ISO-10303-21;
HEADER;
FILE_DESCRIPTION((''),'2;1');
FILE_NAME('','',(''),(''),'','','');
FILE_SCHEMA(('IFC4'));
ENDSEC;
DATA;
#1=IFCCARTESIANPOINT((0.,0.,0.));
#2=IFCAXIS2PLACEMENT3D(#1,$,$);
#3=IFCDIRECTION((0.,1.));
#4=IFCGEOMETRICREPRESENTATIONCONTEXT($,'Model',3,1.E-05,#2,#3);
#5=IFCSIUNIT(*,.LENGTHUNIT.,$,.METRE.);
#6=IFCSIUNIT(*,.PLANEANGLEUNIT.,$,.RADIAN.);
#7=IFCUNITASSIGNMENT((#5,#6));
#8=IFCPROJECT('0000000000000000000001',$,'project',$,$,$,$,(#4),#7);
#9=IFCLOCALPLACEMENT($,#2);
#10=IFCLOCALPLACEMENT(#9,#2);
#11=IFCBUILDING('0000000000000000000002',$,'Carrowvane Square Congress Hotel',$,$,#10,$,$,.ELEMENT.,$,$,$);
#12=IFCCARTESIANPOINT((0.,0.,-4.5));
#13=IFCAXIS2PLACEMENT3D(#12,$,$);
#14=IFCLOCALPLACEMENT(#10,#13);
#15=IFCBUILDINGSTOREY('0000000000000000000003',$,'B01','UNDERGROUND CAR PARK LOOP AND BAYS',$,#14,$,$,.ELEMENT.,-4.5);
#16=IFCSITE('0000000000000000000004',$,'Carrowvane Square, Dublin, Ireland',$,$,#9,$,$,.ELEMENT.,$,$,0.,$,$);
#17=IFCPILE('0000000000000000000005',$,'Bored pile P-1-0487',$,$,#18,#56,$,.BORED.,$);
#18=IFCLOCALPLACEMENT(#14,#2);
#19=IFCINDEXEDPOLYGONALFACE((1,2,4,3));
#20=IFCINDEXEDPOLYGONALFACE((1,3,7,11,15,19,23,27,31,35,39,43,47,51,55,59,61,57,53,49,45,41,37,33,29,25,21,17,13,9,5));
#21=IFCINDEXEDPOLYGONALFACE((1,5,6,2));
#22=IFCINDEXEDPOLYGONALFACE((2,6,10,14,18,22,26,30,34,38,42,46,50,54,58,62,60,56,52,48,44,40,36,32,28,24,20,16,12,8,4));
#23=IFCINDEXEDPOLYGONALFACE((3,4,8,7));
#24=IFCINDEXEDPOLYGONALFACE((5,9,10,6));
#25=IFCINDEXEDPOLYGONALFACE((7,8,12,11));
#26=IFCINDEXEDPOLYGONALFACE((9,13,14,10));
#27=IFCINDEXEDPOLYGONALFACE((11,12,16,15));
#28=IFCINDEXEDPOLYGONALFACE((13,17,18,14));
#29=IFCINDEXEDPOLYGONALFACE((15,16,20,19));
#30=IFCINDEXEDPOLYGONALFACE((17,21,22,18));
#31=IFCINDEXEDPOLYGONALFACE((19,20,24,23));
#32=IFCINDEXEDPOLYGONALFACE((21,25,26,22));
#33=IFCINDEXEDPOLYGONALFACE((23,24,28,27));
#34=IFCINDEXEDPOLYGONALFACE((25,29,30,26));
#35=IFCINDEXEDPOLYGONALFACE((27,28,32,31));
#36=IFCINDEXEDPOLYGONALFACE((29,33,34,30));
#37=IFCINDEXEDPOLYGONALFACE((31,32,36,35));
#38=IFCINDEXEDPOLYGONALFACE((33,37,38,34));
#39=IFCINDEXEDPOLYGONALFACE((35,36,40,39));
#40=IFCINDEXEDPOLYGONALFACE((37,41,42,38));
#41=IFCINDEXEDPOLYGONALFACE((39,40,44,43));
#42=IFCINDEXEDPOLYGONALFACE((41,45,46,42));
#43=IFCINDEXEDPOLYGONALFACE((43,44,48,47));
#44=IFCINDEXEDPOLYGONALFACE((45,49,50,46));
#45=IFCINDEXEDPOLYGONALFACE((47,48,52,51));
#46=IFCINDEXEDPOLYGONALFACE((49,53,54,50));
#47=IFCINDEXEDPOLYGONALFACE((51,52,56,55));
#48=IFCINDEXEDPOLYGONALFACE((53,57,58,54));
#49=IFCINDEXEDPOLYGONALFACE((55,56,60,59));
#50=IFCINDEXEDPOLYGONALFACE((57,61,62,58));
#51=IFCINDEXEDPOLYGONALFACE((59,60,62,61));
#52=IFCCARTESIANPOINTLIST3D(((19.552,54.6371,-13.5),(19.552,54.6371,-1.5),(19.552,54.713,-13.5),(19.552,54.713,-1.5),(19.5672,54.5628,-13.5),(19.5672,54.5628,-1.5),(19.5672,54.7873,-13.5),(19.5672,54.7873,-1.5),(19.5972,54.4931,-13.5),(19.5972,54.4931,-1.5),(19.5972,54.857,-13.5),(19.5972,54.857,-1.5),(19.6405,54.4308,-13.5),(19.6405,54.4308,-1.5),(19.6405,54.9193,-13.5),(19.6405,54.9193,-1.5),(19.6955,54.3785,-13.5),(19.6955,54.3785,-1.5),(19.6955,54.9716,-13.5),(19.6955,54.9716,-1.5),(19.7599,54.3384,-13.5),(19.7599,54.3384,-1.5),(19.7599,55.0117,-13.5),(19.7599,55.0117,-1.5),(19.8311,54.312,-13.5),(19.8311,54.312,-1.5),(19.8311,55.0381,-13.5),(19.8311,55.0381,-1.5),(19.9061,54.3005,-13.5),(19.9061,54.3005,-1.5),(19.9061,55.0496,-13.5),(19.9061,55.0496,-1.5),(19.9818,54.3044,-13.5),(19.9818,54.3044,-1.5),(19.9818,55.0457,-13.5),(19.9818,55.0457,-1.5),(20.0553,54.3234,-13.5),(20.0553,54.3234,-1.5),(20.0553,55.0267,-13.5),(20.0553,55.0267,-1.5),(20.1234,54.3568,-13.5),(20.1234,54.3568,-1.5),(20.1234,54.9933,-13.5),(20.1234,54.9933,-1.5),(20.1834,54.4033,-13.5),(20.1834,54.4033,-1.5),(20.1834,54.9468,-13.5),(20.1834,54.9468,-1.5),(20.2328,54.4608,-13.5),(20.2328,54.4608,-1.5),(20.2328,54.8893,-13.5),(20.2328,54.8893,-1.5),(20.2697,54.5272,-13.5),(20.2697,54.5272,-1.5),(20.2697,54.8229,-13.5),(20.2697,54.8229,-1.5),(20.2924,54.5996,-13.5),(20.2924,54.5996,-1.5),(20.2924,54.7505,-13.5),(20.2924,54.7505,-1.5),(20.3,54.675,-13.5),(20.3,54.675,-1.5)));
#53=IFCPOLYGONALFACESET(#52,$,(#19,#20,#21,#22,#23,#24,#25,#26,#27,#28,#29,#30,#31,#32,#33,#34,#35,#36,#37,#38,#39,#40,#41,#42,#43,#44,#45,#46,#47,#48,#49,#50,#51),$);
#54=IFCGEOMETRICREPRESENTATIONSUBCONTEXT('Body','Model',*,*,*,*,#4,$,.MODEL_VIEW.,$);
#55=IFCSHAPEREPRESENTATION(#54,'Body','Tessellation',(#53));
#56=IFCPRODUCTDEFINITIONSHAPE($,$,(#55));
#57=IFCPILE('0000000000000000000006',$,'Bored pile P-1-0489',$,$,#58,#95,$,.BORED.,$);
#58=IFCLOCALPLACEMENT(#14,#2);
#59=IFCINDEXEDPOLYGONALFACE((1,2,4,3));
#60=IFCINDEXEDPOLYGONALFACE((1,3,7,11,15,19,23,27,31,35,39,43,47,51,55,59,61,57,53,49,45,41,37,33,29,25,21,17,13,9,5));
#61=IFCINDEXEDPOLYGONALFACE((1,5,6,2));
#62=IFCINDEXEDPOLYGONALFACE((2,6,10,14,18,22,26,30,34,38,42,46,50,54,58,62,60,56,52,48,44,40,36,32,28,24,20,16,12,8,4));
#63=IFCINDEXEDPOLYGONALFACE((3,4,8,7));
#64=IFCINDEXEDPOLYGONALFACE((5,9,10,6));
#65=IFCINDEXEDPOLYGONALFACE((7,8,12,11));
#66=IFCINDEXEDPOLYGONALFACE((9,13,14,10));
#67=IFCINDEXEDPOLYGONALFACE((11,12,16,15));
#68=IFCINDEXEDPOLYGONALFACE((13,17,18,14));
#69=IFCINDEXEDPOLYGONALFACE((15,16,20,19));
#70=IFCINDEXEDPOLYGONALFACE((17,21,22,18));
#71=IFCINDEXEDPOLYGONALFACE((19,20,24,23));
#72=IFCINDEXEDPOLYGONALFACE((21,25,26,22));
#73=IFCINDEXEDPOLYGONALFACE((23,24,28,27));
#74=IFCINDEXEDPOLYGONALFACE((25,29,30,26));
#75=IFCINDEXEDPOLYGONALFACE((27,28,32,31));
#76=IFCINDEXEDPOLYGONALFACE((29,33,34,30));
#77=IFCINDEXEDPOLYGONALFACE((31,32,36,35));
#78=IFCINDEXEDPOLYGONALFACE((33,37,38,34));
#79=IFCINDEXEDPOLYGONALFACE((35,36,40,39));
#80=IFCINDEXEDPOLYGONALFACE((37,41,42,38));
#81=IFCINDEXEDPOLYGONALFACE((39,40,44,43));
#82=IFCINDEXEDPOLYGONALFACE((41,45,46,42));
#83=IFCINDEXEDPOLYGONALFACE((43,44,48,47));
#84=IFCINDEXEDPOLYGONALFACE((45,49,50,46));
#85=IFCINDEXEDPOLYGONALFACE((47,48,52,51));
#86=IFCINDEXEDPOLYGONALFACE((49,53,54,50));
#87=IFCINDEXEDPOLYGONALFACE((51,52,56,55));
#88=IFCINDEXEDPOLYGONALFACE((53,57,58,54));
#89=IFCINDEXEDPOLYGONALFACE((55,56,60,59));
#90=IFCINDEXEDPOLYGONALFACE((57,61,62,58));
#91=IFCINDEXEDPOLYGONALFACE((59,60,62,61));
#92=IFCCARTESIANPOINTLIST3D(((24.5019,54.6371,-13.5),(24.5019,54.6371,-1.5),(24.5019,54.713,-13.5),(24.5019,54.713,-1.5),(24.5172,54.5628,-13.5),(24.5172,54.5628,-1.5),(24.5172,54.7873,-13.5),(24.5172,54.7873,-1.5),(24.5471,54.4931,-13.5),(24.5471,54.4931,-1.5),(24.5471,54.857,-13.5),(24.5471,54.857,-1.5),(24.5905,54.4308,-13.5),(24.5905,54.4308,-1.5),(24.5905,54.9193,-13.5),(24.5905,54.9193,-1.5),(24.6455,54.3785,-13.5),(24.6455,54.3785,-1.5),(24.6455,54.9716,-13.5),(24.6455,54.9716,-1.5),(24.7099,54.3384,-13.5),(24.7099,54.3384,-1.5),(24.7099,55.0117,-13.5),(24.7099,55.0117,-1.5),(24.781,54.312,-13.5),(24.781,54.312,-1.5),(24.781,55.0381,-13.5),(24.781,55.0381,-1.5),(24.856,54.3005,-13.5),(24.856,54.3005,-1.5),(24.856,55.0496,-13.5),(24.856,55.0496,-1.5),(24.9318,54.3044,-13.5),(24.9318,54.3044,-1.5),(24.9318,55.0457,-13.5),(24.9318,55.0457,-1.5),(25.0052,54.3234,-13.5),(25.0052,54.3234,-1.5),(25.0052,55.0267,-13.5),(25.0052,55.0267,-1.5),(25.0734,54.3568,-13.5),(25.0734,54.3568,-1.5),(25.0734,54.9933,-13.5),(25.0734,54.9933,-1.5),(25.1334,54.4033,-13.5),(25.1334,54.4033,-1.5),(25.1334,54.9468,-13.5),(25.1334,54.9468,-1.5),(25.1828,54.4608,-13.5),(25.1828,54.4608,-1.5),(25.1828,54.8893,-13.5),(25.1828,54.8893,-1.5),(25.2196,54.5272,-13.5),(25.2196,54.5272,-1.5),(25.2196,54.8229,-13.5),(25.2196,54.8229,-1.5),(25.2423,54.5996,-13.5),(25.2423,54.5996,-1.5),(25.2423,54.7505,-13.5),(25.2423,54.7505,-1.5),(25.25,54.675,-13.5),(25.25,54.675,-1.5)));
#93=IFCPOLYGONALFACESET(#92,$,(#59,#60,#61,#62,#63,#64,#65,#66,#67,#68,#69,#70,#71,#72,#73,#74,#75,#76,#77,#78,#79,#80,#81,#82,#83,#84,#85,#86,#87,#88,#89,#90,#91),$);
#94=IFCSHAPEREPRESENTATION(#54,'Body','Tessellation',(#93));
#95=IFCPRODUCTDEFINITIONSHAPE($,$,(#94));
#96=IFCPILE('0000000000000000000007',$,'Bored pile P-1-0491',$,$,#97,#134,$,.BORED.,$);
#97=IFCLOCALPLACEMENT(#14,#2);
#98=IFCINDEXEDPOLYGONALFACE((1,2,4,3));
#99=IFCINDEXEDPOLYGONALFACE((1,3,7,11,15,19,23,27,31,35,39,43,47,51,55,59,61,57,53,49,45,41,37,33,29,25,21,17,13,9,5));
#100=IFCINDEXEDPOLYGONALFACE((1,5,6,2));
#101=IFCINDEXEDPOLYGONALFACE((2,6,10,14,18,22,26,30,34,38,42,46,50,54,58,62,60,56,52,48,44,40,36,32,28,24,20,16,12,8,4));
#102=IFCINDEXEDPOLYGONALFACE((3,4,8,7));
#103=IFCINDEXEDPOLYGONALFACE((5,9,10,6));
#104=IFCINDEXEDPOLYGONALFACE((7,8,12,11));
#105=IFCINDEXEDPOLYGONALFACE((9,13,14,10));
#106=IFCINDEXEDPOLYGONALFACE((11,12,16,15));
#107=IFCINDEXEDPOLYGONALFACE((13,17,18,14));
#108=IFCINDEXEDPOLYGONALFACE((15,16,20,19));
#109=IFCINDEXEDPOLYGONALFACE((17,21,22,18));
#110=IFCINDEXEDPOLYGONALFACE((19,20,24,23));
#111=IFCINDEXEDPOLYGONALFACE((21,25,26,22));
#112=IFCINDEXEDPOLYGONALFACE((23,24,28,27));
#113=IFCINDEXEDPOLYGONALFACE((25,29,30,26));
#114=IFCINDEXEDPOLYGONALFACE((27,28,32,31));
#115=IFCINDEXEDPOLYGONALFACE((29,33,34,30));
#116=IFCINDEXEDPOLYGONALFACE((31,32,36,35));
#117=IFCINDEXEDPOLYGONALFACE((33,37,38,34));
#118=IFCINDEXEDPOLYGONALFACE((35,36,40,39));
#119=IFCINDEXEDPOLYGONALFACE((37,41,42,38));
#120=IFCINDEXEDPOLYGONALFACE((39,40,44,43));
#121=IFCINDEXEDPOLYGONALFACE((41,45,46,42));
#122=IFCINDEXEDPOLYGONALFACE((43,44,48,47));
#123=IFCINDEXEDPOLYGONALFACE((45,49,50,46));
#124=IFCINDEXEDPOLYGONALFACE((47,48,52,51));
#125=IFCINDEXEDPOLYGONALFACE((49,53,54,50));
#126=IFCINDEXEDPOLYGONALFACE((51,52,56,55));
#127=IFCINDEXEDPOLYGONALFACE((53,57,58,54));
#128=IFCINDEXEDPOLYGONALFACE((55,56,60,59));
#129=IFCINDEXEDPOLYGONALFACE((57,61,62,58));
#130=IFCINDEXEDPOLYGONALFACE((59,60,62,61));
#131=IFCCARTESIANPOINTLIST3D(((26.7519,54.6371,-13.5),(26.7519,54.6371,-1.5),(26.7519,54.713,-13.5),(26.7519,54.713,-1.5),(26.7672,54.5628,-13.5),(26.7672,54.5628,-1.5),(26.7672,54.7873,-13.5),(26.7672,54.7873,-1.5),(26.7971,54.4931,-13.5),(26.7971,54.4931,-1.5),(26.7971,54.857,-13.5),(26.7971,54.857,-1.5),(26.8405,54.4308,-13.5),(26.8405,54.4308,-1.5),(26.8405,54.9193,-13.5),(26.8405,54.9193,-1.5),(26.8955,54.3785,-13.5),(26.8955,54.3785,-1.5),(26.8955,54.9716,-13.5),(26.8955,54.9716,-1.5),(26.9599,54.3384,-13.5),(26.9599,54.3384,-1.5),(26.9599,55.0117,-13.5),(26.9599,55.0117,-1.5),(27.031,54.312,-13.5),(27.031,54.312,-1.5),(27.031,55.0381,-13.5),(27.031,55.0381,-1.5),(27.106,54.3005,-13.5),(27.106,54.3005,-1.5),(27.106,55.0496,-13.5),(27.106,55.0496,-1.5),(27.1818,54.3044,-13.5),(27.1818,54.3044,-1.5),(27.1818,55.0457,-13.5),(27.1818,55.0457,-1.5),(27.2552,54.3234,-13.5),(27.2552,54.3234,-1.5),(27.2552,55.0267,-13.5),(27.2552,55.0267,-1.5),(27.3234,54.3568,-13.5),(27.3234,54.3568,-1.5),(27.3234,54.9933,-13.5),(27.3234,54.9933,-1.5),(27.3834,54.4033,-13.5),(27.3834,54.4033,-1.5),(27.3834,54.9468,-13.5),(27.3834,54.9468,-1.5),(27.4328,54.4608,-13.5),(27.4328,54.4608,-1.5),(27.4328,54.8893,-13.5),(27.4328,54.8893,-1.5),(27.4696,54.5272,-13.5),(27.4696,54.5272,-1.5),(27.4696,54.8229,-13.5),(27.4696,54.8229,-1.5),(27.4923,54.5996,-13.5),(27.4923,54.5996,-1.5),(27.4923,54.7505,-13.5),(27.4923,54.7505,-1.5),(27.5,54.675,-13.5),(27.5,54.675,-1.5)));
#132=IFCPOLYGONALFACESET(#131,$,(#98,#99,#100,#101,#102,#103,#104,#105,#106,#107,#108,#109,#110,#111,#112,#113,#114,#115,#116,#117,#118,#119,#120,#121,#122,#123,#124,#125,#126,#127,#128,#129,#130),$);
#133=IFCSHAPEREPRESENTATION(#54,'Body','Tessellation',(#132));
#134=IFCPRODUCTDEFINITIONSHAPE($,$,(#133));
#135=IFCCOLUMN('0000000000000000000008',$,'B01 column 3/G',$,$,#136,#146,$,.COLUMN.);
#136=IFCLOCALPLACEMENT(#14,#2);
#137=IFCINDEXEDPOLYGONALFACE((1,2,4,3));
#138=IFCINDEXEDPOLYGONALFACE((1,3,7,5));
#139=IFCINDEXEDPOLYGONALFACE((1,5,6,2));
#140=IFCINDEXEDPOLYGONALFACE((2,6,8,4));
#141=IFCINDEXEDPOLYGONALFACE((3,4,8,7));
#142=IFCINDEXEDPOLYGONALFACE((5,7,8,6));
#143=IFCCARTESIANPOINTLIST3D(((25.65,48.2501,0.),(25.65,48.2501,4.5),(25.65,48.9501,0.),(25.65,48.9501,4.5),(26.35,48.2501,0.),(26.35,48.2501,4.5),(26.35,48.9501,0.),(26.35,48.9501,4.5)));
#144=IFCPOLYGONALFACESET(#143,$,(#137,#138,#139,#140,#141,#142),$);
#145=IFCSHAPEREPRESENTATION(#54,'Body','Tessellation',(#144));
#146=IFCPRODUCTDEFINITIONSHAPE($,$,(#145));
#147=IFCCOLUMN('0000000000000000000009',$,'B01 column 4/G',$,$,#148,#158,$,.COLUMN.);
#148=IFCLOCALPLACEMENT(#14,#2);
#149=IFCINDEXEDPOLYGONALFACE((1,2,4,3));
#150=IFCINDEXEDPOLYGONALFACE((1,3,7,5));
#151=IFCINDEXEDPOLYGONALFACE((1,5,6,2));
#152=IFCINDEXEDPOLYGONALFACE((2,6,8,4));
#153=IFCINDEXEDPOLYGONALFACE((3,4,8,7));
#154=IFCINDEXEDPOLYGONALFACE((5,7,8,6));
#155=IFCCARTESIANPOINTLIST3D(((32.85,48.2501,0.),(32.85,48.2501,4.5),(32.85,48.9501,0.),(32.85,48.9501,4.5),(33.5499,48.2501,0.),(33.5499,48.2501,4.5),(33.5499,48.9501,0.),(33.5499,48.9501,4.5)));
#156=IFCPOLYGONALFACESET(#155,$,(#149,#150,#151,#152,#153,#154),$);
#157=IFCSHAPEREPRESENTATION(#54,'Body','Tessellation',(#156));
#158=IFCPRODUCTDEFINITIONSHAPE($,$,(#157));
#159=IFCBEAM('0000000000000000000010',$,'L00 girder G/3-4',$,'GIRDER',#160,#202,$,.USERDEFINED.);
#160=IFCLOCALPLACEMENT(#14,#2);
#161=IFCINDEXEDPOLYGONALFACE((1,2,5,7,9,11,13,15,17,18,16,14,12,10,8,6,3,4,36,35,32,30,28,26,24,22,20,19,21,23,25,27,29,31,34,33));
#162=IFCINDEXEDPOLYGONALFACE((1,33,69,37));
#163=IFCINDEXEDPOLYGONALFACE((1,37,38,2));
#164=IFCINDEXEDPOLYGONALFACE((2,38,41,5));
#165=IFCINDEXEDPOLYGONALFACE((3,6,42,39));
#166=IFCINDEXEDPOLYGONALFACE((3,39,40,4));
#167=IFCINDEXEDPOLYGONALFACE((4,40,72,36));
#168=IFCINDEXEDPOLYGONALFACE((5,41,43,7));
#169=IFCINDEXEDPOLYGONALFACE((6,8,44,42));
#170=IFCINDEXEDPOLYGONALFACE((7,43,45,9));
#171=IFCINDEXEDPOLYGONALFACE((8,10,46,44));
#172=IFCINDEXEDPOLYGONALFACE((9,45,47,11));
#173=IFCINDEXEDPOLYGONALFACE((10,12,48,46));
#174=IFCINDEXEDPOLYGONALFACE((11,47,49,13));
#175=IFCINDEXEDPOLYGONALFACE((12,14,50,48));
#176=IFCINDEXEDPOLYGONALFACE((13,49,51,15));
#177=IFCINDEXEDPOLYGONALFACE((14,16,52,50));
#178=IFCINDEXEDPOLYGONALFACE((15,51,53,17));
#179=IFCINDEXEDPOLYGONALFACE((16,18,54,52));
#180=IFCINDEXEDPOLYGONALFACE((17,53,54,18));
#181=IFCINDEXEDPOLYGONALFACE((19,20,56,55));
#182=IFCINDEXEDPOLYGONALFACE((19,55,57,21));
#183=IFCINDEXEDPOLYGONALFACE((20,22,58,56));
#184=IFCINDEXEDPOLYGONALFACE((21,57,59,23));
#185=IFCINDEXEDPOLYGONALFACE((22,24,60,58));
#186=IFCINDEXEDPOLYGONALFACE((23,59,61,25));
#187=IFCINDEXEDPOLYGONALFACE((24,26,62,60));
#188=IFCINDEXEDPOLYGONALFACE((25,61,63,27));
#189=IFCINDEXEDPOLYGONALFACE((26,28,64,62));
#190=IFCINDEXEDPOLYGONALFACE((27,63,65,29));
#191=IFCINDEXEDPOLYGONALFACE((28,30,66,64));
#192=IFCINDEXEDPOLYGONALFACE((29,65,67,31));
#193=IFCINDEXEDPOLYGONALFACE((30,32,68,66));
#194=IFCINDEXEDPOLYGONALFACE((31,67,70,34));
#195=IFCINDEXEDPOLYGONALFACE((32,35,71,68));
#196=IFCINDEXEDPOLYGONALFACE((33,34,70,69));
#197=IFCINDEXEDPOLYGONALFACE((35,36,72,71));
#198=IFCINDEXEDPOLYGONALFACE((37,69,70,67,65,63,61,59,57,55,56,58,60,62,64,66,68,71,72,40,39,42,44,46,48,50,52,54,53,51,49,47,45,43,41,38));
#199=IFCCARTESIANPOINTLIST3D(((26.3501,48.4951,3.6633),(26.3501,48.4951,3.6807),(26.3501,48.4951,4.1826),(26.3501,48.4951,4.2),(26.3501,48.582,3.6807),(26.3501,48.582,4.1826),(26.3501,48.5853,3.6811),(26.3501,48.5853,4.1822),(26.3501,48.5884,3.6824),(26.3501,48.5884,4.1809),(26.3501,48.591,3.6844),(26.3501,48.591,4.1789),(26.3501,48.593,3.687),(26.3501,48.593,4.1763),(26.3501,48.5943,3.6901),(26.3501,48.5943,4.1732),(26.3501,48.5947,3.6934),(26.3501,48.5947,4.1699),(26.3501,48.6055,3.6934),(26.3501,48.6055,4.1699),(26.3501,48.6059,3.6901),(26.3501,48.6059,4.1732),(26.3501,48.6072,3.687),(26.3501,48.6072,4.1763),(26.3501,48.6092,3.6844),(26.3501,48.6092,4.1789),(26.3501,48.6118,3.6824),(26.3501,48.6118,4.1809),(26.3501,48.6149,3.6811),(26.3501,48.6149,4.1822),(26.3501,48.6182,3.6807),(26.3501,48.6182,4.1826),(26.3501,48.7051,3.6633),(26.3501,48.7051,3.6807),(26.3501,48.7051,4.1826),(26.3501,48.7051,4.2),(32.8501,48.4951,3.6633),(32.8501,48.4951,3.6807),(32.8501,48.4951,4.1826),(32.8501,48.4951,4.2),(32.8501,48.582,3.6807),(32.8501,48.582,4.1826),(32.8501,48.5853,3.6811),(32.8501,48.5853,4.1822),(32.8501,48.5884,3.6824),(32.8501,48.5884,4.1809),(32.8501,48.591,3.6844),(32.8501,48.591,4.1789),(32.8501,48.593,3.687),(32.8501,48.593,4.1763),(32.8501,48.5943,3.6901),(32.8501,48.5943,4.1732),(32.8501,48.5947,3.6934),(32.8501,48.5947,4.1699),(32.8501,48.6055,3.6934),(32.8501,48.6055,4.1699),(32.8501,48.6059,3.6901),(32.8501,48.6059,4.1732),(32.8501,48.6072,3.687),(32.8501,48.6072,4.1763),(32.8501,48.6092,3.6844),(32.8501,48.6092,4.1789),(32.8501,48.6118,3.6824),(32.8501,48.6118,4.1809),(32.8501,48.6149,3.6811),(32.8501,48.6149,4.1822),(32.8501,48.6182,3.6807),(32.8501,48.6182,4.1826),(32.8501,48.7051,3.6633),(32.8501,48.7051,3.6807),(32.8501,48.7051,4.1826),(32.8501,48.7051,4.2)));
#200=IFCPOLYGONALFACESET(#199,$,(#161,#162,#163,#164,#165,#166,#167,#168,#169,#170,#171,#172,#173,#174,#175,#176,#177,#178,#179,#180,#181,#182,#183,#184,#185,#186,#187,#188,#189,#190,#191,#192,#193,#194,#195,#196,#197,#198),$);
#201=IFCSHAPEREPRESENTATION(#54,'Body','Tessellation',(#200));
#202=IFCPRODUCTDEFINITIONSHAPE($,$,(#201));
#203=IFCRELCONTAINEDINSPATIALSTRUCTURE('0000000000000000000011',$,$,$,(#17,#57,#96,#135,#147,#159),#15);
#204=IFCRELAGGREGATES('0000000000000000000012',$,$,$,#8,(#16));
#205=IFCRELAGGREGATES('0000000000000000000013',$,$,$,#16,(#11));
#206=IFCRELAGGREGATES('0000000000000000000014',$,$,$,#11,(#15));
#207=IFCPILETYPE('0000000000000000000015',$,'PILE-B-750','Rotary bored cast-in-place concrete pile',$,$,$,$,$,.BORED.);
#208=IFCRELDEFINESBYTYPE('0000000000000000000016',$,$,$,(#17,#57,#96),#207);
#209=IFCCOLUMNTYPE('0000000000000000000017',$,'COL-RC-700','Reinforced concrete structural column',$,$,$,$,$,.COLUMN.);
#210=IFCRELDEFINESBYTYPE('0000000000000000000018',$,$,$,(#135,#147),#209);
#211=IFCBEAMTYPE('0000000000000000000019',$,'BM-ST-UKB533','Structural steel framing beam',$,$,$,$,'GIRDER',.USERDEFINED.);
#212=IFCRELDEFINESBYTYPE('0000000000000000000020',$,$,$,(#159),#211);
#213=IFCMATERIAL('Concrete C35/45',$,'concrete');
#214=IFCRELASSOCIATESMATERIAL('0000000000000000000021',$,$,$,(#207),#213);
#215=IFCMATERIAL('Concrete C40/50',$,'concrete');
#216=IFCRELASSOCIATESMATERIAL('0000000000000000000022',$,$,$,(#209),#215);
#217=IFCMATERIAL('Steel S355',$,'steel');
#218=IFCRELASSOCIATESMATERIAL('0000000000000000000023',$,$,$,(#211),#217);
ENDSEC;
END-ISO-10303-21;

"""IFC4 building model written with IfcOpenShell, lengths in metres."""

from ifc_helpers import new_model, si_unit, direction, frame, origin, origin_2d, place, context, subcontext, project, spatial, rectangle, circle, i_section, extrude, material, material_profile, profile_set, type_object, element, save


model = new_model("IFC4")

# Units and contexts
model_context = context("Model", 3, precision=1e-05, world=origin(), true_north=direction((0.0, 1.0)))
body_context = subcontext(model_context, "Body", "Model", "MODEL_VIEW")
ifc_project = project(units=[si_unit("LENGTHUNIT", "METRE"), si_unit("PLANEANGLEUNIT", "RADIAN")], contexts=[model_context])

# Site, building, storey
site_placement = place(None, origin())
site = spatial("IfcSite", under=ifc_project, at=site_placement, Name="Carrowvane Square, Dublin, Ireland", CompositionType="ELEMENT", RefElevation=0.0)
building_placement = place(site_placement, origin())
building = spatial("IfcBuilding", under=site, at=building_placement, Name="Carrowvane Square Congress Hotel", CompositionType="ELEMENT")
storey_placement = place(building_placement, frame((0.0, 0.0, -4.5)))
storey = spatial("IfcBuildingStorey", under=building, at=storey_placement, Name="B01", Description="UNDERGROUND CAR PARK LOOP AND BAYS", CompositionType="ELEMENT", Elevation=-4.5)

# Piles
ifc_material_1 = material(Name="Concrete C35/45", Category="concrete")
ifc_material_profile_1 = material_profile(ifc_material_1, circle(Radius=0.375, at=origin_2d()), Name="PILE D750")
ifc_profile_set_1 = profile_set([ifc_material_profile_1], Name="Concrete C35/45")
pile_type = type_object("IfcPileType", Name="PILE-B-750", Description="Rotary bored cast-in-place concrete pile", PredefinedType="BORED", material=ifc_profile_set_1)
for number, where, z_axis, x_axis, name in (
    (1, (19.925, 54.675, -1.5), (0.0, 0.0, -1.0), (1.0, 0.0, 0.0), "Bored pile P-1-0487"),
    (2, (24.875, 54.675, -1.5), (0.0, 0.0, -1.0), (1.0, 0.0, 0.0), "Bored pile P-1-0489"),
    (3, (27.125, 54.675, -1.5), (0.0, 0.0, -1.0), (1.0, 0.0, 0.0), "Bored pile P-1-0491"),
):
    element("IfcPile", number, at=place(storey_placement, frame(where, z_axis=z_axis, x_axis=x_axis)), inside=storey, type_object=pile_type, Name=name, PredefinedType="BORED", context=body_context, shape_type="SweptSolid", body=[
        extrude(circle(Radius=0.375, at=origin_2d()), origin(), (0.0, 0.0, 1.0), 12.0),
    ])

# Columns
ifc_material_2 = material(Name="Concrete C40/50", Category="concrete")
ifc_material_profile_2 = material_profile(ifc_material_2, rectangle(XDim=0.7, YDim=0.7, at=origin_2d()), Name="RC 700x700")
ifc_profile_set_2 = profile_set([ifc_material_profile_2], Name="Concrete C40/50")
column_type = type_object("IfcColumnType", Name="COL-RC-700", Description="Reinforced concrete structural column", PredefinedType="COLUMN", material=ifc_profile_set_2)
for number, where, z_axis, x_axis, name in (
    (4, (26.0, 48.6001, 0.0), (0.0, 0.0, 1.0), (1.0, 0.0, 0.0), "B01 column 3/G"),
    (5, (33.2, 48.6001, 0.0), (0.0, 0.0, 1.0), (1.0, 0.0, 0.0), "B01 column 4/G"),
):
    element("IfcColumn", number, at=place(storey_placement, frame(where, z_axis=z_axis, x_axis=x_axis)), inside=storey, type_object=column_type, Name=name, PredefinedType="COLUMN", context=body_context, shape_type="SweptSolid", body=[
        extrude(rectangle(XDim=0.7, YDim=0.7, at=origin_2d()), origin(), (0.0, 0.0, 1.0), 4.5),
    ])

# Beam
ifc_material_3 = material(Name="Steel S355", Category="steel")
ifc_material_profile_3 = material_profile(ifc_material_3, i_section(OverallWidth=0.21, OverallDepth=0.5366, WebThickness=0.0107, FlangeThickness=0.0173, FilletRadius=0.0127, at=origin_2d()), Name="UKB 533x210x101")
ifc_profile_set_3 = profile_set([ifc_material_profile_3], Name="Steel S355")
beam_type = type_object("IfcBeamType", Name="BM-ST-UKB533", Description="Structural steel framing beam", ElementType="GIRDER", PredefinedType="USERDEFINED", material=ifc_profile_set_3)
for number, where, z_axis, x_axis, name in (
    (6, (26.3501, 48.6001, 3.9316), (1.0, 0.0, 0.0), (0.0, 1.0, 0.0), "L00 girder G/3-4"),
):
    element("IfcBeam", number, at=place(storey_placement, frame(where, z_axis=z_axis, x_axis=x_axis)), inside=storey, type_object=beam_type, Name=name, ObjectType="GIRDER", PredefinedType="USERDEFINED", context=body_context, shape_type="SweptSolid", body=[
        extrude(i_section(OverallWidth=0.21, OverallDepth=0.5366, WebThickness=0.0107, FlangeThickness=0.0173, FilletRadius=0.0127, at=origin_2d()), origin(), (0.0, 0.0, 1.0), 6.5),
    ])

save(model, "model.ifc")
